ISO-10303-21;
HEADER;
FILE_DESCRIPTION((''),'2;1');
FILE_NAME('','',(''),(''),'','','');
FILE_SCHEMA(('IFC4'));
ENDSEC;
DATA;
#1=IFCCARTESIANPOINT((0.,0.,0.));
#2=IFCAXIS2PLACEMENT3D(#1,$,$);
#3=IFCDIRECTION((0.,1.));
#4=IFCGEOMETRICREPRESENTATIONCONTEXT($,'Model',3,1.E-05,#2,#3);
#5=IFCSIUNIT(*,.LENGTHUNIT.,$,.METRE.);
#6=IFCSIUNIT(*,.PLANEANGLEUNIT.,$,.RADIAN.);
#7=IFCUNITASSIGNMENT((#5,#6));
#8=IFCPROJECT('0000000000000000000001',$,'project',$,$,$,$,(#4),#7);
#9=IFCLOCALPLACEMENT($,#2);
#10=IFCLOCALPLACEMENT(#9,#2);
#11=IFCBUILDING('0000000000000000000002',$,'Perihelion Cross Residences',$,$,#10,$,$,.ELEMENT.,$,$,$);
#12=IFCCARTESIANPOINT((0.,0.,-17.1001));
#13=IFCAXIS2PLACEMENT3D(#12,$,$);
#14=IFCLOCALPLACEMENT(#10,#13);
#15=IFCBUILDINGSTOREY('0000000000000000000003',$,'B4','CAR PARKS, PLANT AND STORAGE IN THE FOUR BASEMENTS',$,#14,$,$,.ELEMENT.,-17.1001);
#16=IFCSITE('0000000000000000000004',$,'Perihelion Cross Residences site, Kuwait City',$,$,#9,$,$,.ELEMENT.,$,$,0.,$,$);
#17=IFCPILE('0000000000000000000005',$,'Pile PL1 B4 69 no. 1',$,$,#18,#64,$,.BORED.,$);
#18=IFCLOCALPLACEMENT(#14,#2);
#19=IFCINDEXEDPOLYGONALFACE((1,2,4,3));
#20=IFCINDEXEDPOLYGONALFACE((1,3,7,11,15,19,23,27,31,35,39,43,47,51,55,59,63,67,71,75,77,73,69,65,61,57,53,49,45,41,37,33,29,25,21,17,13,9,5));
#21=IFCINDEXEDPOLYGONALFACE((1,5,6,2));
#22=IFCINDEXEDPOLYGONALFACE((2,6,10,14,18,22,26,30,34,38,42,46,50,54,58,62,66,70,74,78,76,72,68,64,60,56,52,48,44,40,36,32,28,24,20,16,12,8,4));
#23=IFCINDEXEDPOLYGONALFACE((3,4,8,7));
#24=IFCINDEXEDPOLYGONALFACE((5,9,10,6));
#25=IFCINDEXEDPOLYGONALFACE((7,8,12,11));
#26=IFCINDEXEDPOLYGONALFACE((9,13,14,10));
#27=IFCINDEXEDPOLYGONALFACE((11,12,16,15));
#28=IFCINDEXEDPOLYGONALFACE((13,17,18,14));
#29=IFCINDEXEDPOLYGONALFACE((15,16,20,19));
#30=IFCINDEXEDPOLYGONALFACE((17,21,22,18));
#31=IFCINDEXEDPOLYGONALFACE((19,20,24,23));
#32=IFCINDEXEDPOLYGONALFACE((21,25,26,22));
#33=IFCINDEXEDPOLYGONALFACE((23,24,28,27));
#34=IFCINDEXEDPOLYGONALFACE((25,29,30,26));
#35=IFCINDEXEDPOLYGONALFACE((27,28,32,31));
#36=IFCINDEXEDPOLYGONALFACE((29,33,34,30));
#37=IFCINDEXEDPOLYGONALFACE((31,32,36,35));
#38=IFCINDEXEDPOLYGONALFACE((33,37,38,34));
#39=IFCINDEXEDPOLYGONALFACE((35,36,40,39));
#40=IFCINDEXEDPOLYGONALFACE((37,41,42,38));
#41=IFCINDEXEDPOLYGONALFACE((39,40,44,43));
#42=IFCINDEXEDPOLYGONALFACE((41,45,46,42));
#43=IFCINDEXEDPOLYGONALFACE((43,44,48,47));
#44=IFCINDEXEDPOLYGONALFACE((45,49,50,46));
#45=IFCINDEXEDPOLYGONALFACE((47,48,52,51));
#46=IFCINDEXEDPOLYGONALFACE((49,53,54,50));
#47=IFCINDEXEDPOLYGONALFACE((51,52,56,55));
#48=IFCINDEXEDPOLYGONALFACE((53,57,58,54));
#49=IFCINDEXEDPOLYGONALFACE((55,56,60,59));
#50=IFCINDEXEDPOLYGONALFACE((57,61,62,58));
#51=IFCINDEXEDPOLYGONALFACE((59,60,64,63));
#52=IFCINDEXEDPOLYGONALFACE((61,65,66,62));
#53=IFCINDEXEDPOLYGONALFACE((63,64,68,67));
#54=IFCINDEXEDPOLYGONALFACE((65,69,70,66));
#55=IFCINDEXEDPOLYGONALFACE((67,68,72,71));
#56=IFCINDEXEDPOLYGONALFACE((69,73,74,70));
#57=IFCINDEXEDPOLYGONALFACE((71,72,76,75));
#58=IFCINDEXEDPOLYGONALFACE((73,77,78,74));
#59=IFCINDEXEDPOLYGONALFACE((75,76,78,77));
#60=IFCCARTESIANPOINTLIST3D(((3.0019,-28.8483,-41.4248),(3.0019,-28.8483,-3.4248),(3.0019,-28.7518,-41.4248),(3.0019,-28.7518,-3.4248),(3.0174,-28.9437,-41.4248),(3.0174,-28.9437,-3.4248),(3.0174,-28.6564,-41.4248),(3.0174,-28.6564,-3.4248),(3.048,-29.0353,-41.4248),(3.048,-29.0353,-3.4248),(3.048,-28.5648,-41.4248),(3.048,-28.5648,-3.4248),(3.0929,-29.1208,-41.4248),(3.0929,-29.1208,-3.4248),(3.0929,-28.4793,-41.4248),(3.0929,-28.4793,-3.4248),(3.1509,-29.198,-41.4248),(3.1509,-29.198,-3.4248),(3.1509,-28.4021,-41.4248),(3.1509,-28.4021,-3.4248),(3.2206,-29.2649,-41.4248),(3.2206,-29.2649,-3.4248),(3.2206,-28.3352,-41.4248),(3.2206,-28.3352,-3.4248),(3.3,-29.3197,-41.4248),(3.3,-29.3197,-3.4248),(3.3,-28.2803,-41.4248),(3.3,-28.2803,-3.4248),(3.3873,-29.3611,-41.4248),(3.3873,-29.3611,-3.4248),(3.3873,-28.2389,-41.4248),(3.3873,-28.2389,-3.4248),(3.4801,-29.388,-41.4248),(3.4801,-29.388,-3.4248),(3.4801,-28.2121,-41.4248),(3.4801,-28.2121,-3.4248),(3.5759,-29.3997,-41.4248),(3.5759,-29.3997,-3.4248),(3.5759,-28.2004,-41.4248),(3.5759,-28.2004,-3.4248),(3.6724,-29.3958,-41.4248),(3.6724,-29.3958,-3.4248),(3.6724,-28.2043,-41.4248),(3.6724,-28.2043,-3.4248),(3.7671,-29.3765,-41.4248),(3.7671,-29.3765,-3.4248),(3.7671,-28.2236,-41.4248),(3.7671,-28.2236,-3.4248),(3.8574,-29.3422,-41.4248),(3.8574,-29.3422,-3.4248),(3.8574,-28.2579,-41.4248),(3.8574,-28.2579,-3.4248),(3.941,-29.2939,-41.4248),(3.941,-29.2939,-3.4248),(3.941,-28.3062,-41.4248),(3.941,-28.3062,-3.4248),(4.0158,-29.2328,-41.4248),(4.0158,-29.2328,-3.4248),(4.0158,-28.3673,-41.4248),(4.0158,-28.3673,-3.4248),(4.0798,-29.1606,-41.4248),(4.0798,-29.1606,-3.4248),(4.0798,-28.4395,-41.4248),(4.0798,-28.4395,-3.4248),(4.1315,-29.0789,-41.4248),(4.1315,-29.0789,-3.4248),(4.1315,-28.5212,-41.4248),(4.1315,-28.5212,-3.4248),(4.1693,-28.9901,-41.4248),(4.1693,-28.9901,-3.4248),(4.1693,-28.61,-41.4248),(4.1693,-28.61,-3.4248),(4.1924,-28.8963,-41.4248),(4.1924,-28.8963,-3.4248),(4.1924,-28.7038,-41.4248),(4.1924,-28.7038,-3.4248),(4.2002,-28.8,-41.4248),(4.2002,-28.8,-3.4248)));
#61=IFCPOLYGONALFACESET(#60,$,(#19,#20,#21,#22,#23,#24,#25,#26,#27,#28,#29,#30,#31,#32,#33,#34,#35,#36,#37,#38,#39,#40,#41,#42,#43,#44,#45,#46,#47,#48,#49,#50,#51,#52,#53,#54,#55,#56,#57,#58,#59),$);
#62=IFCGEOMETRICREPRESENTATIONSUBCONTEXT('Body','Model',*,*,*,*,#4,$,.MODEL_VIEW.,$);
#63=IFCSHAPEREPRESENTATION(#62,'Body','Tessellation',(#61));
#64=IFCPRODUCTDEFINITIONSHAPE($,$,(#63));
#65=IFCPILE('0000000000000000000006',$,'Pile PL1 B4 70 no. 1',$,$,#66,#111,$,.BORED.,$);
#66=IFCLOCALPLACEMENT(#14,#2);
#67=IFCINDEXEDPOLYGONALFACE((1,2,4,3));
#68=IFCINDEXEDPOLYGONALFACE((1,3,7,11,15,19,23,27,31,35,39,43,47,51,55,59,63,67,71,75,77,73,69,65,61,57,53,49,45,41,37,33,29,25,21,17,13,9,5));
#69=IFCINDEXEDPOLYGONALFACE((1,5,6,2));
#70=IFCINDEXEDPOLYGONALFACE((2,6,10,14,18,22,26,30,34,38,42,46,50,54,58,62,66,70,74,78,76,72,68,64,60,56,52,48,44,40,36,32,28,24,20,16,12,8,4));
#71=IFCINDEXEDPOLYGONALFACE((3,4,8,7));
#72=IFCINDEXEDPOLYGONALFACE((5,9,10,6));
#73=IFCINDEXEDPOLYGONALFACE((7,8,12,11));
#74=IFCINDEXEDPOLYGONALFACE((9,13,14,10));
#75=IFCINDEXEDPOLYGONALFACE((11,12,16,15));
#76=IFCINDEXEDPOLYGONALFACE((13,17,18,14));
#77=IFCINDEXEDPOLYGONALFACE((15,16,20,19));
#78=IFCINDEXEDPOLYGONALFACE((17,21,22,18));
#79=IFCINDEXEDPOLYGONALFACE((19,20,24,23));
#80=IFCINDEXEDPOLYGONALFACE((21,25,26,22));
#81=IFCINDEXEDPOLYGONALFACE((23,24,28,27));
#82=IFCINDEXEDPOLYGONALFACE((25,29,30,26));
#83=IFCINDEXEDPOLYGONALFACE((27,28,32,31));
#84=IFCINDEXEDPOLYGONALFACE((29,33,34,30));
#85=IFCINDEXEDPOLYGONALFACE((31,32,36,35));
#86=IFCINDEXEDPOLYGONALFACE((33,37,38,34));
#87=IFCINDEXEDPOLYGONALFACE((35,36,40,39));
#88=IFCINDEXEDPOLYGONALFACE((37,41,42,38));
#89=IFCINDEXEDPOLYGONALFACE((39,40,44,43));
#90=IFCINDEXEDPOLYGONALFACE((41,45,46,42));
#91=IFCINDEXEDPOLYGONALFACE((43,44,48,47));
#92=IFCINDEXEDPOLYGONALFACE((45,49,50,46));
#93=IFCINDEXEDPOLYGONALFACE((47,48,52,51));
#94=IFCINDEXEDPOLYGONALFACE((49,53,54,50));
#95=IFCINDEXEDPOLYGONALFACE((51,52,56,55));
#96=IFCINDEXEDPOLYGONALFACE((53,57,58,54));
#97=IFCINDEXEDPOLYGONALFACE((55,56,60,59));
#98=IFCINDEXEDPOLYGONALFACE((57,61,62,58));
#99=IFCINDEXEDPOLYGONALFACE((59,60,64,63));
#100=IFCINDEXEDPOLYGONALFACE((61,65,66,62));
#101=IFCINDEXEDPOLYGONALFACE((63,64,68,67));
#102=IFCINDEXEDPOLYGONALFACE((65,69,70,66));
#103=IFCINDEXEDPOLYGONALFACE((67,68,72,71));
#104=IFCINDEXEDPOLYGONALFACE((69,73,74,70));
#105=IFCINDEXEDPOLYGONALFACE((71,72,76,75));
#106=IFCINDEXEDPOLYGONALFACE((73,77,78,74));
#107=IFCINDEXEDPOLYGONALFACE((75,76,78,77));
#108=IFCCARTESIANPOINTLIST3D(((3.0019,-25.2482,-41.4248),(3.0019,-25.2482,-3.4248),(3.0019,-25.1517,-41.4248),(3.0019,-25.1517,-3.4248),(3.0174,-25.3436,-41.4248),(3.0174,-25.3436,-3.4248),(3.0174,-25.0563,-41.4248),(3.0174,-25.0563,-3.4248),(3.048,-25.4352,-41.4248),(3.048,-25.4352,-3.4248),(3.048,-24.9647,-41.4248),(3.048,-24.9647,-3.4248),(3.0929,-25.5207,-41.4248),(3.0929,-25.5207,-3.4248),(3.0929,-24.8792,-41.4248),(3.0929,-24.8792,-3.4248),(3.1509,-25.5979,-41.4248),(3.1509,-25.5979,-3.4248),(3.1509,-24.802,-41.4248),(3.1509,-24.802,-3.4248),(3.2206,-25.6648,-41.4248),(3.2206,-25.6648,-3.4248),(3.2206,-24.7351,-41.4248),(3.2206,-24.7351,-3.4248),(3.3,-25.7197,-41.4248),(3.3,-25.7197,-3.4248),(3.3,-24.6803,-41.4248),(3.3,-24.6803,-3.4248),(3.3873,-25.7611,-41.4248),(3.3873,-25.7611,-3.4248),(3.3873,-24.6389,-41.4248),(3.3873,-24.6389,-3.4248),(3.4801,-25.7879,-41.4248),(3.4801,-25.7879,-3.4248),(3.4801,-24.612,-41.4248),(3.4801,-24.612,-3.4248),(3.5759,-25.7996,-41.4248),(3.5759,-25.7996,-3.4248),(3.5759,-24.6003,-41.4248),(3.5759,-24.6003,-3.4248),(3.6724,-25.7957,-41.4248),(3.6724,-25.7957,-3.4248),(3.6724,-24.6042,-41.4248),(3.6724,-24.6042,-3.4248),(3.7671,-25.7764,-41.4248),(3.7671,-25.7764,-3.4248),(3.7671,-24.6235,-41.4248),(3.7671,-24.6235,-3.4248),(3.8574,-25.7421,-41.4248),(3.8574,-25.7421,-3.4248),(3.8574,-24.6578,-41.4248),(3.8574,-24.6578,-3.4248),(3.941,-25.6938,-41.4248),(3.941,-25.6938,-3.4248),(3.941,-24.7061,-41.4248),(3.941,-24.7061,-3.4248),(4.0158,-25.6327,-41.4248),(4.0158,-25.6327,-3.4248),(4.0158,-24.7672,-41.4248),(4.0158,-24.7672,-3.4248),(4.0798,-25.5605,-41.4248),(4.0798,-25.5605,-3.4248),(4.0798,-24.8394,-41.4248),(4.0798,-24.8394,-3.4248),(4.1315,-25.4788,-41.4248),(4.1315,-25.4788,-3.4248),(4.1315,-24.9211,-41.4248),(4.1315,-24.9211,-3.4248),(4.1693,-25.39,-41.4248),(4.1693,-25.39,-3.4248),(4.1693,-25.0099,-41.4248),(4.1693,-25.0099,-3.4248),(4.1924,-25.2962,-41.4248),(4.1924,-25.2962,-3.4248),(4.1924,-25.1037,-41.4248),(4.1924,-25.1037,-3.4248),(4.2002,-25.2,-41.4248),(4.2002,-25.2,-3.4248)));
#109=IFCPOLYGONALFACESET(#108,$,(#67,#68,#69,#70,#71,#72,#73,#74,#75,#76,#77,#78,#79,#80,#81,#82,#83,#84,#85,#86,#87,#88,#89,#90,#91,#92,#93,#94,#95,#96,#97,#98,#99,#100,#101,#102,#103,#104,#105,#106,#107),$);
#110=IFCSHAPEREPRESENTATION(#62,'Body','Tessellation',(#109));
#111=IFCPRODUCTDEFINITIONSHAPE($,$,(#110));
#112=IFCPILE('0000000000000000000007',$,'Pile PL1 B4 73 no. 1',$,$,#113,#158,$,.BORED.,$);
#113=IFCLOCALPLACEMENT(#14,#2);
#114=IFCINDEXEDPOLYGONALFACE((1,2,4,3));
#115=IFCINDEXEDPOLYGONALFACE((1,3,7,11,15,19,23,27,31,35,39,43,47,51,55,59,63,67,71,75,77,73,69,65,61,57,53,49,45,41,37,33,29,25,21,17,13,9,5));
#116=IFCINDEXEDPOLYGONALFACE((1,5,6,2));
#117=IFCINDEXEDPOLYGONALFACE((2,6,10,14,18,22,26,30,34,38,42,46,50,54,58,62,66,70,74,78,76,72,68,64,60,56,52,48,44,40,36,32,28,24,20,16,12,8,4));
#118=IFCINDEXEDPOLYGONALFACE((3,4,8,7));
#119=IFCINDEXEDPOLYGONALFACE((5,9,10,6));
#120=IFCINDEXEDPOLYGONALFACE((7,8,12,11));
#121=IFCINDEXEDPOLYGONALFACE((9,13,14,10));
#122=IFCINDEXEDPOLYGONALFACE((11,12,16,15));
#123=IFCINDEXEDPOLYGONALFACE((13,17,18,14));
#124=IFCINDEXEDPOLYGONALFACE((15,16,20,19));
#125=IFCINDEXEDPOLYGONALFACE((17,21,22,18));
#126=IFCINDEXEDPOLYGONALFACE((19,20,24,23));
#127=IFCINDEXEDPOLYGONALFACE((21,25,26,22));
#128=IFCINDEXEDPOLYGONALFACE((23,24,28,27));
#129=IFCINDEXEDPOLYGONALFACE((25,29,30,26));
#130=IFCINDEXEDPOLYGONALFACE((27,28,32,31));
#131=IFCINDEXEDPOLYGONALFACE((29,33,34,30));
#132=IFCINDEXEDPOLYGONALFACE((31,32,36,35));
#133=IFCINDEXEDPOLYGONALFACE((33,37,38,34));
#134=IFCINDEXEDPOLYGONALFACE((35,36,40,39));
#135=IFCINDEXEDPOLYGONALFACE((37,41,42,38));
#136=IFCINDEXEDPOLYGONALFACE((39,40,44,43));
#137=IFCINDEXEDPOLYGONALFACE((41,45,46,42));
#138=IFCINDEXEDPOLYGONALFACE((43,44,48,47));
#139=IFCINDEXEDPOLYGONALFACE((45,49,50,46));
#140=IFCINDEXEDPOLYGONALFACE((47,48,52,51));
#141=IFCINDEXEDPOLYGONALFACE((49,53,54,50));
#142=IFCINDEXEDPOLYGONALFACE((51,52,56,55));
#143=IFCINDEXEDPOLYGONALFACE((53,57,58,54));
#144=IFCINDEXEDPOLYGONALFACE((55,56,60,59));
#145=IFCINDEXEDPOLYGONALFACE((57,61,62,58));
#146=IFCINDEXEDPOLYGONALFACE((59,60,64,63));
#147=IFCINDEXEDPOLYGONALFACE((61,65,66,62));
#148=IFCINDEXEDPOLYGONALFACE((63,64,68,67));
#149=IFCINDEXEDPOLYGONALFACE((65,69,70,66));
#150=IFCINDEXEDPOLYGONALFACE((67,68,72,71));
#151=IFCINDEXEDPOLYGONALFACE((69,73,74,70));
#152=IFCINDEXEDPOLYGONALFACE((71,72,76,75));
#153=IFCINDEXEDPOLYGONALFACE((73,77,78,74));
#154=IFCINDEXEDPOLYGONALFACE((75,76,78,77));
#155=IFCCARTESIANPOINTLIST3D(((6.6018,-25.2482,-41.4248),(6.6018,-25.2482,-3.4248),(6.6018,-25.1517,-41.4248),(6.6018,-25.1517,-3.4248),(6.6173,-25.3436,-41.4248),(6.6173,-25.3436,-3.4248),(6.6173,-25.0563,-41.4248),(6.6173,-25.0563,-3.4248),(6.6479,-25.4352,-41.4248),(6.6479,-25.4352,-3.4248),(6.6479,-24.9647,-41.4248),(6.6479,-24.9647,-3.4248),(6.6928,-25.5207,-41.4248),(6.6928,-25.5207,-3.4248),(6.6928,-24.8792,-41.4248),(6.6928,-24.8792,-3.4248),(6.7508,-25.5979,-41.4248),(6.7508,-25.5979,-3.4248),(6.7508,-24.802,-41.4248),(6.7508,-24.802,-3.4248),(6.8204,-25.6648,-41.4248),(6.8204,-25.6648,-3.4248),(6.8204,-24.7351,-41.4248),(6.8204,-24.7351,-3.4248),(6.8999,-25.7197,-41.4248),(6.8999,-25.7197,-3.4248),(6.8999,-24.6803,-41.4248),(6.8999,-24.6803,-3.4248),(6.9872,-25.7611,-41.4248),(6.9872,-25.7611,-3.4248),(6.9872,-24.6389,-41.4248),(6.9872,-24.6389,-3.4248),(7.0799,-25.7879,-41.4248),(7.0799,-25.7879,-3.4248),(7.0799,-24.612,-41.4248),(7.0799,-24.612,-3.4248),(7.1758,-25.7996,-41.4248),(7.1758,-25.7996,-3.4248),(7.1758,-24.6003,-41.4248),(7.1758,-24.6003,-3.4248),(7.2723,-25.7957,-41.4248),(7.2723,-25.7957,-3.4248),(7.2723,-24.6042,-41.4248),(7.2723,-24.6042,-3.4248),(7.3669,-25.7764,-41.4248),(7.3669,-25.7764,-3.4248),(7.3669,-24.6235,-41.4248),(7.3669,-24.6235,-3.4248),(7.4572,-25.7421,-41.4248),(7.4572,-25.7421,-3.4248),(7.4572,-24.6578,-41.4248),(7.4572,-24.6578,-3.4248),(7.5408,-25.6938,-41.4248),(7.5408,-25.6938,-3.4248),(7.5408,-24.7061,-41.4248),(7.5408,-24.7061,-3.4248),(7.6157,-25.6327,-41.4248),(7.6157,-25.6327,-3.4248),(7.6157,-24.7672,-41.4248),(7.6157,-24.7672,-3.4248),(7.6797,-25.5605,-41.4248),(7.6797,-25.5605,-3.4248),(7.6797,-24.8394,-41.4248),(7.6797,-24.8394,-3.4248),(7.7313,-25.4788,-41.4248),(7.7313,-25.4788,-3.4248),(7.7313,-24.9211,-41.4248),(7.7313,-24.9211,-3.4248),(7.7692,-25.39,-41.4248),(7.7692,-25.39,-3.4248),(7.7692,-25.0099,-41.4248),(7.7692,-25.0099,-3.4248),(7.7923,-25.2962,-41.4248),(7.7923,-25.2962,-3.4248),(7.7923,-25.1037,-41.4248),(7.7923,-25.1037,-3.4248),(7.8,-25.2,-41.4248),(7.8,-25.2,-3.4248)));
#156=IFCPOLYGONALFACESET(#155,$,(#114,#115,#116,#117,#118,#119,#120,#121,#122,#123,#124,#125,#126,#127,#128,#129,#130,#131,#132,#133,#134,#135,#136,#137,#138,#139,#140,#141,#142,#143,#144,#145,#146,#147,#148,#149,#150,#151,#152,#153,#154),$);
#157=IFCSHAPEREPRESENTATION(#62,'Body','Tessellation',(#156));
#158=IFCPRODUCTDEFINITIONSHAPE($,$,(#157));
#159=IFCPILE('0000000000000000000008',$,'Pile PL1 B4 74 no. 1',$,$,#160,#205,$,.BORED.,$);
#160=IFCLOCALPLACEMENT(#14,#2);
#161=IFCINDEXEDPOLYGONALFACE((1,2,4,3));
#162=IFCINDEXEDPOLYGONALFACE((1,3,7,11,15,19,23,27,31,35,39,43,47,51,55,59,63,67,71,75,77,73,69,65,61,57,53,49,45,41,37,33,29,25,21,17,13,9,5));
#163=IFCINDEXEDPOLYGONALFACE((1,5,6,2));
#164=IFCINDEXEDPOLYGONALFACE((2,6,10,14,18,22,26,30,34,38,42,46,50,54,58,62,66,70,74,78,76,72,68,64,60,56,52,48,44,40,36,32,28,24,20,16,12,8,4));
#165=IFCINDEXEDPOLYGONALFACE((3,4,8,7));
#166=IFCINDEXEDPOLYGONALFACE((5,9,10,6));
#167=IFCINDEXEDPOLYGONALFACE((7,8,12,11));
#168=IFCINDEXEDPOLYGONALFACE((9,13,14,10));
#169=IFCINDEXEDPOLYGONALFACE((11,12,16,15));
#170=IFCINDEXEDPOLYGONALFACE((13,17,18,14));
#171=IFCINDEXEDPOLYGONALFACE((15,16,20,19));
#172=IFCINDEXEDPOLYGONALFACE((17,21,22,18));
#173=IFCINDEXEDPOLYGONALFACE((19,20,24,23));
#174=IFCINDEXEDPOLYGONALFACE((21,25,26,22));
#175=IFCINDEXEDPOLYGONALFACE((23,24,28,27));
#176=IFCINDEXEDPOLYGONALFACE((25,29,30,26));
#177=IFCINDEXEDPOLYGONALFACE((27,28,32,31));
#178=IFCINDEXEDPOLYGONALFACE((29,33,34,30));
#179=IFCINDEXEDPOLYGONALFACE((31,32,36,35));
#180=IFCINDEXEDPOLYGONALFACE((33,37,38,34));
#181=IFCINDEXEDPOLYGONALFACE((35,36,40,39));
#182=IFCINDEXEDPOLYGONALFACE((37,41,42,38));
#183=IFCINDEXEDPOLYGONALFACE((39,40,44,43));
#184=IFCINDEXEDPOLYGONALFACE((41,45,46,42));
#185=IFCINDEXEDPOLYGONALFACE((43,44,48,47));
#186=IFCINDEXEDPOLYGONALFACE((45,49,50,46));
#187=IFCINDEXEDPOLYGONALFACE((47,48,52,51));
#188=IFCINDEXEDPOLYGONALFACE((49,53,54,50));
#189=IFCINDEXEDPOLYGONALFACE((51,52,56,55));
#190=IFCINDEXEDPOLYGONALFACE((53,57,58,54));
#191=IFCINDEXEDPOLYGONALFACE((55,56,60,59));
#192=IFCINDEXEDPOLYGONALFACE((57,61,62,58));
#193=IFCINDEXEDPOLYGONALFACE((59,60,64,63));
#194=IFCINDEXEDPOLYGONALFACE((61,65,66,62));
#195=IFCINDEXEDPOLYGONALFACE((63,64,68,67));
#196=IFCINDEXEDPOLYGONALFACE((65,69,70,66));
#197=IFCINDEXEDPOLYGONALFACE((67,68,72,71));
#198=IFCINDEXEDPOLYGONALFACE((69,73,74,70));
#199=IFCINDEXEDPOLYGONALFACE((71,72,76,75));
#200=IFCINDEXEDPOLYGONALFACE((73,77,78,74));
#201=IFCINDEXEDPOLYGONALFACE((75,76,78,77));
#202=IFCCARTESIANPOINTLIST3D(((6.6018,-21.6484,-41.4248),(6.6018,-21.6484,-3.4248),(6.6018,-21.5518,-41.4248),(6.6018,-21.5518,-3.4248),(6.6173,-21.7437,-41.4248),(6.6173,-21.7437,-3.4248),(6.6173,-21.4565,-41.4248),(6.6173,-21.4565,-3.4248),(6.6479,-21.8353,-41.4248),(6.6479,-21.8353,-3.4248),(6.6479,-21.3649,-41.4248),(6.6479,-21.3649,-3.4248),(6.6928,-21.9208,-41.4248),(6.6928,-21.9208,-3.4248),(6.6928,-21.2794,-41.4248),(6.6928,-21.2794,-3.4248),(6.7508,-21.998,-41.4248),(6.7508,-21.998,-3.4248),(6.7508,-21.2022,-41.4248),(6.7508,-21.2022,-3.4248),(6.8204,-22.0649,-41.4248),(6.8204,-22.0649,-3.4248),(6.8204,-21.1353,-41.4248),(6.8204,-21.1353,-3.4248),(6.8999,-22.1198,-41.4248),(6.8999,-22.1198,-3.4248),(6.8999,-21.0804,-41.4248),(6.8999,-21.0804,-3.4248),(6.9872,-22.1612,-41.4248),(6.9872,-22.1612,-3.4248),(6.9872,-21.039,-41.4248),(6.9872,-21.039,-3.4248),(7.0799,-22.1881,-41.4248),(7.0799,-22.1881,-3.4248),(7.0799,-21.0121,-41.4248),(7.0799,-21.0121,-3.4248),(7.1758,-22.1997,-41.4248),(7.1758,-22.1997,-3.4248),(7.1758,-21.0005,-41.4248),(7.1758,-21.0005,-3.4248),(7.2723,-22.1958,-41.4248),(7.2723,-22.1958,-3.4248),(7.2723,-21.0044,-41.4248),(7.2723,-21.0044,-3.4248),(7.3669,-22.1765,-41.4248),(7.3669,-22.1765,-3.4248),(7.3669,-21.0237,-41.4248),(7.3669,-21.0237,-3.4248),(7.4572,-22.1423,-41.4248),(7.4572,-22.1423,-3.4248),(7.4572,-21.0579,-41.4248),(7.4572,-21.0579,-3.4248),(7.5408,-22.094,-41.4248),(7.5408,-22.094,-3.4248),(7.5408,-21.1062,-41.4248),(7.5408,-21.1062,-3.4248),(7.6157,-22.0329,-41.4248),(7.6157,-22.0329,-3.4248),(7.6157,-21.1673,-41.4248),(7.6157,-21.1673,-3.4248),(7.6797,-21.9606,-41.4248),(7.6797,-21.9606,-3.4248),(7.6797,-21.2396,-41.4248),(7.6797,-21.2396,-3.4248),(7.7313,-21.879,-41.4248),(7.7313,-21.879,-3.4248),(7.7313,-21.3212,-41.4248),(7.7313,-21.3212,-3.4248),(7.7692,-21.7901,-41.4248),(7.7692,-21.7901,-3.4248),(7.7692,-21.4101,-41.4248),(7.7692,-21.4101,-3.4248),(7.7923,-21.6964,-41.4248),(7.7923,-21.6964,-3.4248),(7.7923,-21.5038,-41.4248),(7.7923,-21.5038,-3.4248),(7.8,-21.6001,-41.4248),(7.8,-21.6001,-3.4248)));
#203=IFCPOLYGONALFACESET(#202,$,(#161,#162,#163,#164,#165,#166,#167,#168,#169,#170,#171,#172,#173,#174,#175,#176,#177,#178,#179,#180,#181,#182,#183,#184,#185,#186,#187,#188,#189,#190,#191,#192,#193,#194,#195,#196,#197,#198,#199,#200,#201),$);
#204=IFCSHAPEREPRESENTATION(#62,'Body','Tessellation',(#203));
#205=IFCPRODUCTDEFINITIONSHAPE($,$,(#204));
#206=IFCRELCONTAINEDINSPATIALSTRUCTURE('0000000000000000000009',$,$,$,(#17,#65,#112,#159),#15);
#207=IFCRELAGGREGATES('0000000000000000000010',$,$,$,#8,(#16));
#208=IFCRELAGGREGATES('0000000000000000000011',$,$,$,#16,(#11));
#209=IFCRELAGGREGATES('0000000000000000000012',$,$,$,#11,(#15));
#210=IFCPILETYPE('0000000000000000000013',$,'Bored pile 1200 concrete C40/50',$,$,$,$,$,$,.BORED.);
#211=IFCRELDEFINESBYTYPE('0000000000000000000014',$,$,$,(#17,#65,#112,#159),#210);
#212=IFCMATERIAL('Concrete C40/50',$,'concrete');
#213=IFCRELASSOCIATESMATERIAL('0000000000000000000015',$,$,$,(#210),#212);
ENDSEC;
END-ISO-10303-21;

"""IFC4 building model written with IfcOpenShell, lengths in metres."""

from ifc_helpers import new_model, si_unit, direction, frame, origin, origin_2d, place, context, subcontext, project, spatial, circle, extrude, material, type_object, element, save


model = new_model("IFC4")

# Units and contexts
model_context = context("Model", 3, precision=1e-05, world=origin(), true_north=direction((0.0, 1.0)))
body_context = subcontext(model_context, "Body", "Model", "MODEL_VIEW")
ifc_project = project(units=[si_unit("LENGTHUNIT", "METRE"), si_unit("PLANEANGLEUNIT", "RADIAN")], contexts=[model_context])

# Site, building, storey
site_placement = place(None, origin())
site = spatial("IfcSite", under=ifc_project, at=site_placement, Name="Perihelion Cross Residences site, Kuwait City", CompositionType="ELEMENT", RefElevation=0.0)
building_placement = place(site_placement, origin())
building = spatial("IfcBuilding", under=site, at=building_placement, Name="Perihelion Cross Residences", CompositionType="ELEMENT")
storey_placement = place(building_placement, frame((0.0, 0.0, -17.1001)))
storey = spatial("IfcBuildingStorey", under=building, at=storey_placement, Name="B4", Description="CAR PARKS, PLANT AND STORAGE IN THE FOUR BASEMENTS", CompositionType="ELEMENT", Elevation=-17.1001)

# Piles
ifc_material_1 = material(Name="Concrete C40/50", Category="concrete")
pile_type = type_object("IfcPileType", Name="Bored pile 1200 concrete C40/50", PredefinedType="BORED", material=ifc_material_1)
for number, where, z_axis, x_axis, name in (
    (1, (3.6001, -28.8, -3.4248), (0.0, 0.0, -1.0), (1.0, 0.0, 0.0), "Pile PL1 B4 69 no. 1"),
    (2, (3.6001, -25.2, -3.4248), (0.0, 0.0, -1.0), (1.0, 0.0, 0.0), "Pile PL1 B4 70 no. 1"),
    (3, (7.2, -25.2, -3.4248), (0.0, 0.0, -1.0), (1.0, 0.0, 0.0), "Pile PL1 B4 73 no. 1"),
    (4, (7.2, -21.6001, -3.4248), (0.0, 0.0, -1.0), (1.0, 0.0, 0.0), "Pile PL1 B4 74 no. 1"),
):
    element("IfcPile", number, at=place(storey_placement, frame(where, z_axis=z_axis, x_axis=x_axis)), inside=storey, type_object=pile_type, Name=name, PredefinedType="BORED", context=body_context, shape_type="SweptSolid", body=[
        extrude(circle(Radius=0.6001, at=origin_2d()), origin(), (0.0, 0.0, 1.0), 38.0),
    ])

save(model, "model.ifc")
